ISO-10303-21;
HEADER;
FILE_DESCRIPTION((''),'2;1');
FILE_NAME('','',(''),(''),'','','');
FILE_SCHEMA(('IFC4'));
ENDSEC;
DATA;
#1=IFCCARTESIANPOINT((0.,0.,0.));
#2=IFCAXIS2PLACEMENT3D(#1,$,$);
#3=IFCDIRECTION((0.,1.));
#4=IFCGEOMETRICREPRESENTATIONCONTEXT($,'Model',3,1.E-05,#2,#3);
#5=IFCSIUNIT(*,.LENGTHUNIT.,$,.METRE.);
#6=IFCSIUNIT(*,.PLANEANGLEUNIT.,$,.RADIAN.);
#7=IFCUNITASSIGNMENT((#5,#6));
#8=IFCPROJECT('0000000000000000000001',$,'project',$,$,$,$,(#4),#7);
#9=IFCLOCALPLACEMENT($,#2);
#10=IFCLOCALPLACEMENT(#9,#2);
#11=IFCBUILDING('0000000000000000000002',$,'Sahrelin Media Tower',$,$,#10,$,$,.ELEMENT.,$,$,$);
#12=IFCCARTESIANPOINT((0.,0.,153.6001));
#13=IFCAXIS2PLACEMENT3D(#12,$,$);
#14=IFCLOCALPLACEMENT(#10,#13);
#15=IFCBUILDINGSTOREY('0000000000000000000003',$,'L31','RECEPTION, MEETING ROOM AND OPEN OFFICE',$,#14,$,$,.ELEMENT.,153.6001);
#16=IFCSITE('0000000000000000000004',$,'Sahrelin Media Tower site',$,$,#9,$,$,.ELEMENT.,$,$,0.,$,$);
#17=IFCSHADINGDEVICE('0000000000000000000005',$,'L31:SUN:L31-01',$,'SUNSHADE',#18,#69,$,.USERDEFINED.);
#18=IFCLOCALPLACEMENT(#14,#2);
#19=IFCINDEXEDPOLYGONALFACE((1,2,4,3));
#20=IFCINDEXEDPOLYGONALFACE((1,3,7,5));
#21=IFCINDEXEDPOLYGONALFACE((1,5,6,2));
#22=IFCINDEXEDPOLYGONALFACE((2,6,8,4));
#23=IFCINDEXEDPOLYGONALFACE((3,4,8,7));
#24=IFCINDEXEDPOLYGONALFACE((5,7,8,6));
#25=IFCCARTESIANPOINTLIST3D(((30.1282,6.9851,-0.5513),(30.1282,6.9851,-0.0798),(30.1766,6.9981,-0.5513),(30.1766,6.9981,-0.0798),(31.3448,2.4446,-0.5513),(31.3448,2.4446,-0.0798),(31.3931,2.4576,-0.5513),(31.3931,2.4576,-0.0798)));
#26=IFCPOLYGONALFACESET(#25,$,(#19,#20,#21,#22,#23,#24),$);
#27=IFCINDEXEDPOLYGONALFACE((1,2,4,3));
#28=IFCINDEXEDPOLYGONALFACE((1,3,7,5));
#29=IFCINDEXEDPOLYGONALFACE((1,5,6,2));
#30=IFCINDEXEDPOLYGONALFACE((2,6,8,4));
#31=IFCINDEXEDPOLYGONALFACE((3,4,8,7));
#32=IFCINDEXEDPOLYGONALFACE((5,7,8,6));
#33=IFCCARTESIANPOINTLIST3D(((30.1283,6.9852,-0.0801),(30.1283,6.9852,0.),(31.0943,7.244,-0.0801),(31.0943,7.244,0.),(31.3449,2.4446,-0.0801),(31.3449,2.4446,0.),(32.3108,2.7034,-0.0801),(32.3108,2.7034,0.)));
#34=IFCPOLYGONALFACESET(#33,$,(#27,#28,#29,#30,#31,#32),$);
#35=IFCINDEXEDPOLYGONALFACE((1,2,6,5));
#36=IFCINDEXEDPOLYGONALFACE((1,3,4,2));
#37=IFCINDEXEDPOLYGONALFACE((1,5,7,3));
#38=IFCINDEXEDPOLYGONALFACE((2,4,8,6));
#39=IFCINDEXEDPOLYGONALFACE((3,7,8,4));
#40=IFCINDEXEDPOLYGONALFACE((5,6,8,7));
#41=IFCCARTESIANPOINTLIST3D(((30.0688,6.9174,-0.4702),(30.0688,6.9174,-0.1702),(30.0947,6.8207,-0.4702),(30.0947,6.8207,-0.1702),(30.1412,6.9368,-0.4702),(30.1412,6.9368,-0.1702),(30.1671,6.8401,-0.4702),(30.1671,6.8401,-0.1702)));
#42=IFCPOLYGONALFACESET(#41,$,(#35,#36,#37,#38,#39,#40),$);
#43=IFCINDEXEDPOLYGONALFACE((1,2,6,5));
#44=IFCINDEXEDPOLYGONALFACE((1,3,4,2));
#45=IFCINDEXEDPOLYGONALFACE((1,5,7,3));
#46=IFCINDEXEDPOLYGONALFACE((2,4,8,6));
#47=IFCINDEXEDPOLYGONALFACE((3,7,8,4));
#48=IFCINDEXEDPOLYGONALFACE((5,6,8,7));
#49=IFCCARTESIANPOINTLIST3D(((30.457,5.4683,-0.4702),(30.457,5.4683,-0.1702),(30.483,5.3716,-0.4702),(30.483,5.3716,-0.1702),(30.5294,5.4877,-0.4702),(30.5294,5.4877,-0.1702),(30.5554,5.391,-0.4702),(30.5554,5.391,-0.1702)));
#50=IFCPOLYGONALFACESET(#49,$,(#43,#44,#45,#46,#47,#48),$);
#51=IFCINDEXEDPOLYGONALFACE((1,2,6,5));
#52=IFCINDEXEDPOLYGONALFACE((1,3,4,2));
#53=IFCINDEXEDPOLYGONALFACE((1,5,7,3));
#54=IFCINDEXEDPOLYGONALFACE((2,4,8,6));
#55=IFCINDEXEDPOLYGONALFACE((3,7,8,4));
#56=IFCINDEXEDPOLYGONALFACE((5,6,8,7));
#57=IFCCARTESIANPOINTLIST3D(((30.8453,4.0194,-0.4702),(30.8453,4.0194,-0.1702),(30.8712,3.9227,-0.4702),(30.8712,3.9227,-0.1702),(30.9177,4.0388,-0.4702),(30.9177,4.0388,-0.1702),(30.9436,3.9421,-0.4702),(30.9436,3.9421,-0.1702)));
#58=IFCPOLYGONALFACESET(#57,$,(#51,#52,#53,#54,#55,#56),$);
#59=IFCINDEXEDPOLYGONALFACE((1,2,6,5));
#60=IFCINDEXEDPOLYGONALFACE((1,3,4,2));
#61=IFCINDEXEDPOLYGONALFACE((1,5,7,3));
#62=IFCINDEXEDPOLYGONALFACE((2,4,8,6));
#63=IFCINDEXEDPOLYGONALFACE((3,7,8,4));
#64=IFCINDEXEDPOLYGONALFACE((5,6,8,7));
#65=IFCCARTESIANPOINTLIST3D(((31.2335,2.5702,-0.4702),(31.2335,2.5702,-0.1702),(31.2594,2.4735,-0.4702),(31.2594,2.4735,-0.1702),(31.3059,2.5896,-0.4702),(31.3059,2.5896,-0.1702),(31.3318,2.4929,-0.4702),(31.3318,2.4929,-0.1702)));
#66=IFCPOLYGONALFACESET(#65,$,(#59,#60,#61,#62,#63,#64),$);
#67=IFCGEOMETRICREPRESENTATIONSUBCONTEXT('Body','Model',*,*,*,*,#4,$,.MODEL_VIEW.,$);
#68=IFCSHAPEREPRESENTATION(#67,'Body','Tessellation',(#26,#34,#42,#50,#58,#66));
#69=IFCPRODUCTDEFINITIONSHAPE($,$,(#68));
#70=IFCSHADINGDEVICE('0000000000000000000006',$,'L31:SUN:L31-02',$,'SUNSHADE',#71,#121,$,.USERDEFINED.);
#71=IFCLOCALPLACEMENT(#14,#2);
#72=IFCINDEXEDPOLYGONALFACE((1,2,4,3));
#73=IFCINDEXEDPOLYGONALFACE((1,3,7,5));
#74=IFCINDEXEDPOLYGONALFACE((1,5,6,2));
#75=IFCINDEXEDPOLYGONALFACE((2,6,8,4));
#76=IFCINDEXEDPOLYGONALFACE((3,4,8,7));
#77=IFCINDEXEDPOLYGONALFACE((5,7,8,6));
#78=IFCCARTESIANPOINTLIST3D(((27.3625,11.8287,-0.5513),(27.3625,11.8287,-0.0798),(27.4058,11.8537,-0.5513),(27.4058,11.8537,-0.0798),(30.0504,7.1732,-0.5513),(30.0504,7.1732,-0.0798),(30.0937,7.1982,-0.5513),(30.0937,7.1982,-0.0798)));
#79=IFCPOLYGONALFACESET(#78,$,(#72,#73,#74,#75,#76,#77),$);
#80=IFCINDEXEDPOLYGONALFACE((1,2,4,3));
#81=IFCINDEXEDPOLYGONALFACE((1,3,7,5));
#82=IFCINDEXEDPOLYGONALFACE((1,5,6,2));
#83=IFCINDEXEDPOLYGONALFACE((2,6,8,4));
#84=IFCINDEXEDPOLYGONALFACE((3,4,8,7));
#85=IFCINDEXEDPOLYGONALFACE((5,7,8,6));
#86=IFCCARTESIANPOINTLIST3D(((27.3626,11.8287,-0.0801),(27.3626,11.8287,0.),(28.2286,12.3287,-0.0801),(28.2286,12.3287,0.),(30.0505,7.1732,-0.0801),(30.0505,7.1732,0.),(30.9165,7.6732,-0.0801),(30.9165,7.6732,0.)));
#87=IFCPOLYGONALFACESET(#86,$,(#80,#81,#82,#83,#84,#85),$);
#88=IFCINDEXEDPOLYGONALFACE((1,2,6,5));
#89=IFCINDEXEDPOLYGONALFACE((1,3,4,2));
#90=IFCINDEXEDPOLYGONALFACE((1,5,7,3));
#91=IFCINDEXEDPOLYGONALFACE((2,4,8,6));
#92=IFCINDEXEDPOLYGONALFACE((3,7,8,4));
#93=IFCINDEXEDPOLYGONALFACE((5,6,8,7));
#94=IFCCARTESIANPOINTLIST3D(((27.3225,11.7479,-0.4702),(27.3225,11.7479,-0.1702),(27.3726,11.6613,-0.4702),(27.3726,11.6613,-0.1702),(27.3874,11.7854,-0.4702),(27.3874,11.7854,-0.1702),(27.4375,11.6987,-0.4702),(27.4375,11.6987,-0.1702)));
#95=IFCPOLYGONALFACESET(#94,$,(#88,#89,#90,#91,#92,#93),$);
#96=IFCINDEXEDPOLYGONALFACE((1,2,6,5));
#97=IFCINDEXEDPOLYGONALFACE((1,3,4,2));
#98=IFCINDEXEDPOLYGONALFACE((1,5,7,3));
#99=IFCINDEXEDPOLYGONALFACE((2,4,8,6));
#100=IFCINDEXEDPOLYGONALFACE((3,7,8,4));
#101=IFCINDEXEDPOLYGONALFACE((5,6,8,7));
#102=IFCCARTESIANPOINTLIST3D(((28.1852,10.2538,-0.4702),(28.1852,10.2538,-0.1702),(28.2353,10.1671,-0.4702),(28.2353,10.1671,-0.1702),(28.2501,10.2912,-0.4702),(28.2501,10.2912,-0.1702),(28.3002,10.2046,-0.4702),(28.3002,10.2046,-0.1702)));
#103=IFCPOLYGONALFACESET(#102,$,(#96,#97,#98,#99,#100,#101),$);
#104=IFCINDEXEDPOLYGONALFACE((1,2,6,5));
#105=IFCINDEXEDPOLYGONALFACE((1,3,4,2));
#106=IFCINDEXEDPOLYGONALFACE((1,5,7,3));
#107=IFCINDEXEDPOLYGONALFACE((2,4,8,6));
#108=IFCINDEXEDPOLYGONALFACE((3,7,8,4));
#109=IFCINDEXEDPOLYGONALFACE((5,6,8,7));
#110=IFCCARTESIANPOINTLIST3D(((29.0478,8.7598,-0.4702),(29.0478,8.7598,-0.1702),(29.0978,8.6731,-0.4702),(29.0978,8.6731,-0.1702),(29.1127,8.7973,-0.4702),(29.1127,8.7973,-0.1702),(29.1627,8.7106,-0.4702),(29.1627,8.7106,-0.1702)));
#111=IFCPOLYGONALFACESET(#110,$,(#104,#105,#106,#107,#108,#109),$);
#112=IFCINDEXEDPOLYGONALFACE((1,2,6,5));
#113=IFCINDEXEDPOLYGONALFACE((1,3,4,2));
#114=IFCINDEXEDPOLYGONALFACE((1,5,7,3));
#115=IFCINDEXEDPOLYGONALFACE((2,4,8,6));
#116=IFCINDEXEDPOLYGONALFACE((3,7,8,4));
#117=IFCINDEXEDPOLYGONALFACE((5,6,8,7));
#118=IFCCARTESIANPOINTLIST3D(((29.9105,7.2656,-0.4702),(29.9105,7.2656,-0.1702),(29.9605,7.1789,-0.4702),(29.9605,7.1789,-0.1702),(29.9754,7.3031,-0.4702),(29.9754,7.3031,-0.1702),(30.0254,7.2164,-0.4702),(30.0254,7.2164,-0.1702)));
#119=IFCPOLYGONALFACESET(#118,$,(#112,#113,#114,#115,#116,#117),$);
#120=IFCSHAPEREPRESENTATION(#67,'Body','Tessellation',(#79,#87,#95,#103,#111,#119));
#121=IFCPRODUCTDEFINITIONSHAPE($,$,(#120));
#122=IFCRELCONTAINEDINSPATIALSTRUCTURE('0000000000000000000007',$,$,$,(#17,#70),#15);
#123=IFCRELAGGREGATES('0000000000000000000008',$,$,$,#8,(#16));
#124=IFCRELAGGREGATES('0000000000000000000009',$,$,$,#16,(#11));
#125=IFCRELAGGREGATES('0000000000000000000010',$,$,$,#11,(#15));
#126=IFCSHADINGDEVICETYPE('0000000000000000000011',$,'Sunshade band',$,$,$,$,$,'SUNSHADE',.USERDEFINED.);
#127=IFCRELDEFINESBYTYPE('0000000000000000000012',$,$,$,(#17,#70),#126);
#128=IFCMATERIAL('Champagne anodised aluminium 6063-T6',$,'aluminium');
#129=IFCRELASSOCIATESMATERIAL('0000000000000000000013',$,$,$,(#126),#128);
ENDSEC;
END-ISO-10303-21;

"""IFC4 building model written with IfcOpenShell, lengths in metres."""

from ifc_helpers import new_model, si_unit, direction, frame, origin, origin_2d, place, context, subcontext, project, spatial, rectangle, extrude, material, type_object, element, save


model = new_model("IFC4")

# Units and contexts
model_context = context("Model", 3, precision=1e-05, world=origin(), true_north=direction((0.0, 1.0)))
body_context = subcontext(model_context, "Body", "Model", "MODEL_VIEW")
ifc_project = project(units=[si_unit("LENGTHUNIT", "METRE"), si_unit("PLANEANGLEUNIT", "RADIAN")], contexts=[model_context])

# Site, building, storey
site_placement = place(None, origin())
site = spatial("IfcSite", under=ifc_project, at=site_placement, Name="Sahrelin Media Tower site", CompositionType="ELEMENT", RefElevation=0.0)
building_placement = place(site_placement, origin())
building = spatial("IfcBuilding", under=site, at=building_placement, Name="Sahrelin Media Tower", CompositionType="ELEMENT")
storey_placement = place(building_placement, frame((0.0, 0.0, 153.6001)))
storey = spatial("IfcBuildingStorey", under=building, at=storey_placement, Name="L31", Description="RECEPTION, MEETING ROOM AND OPEN OFFICE", CompositionType="ELEMENT", Elevation=153.6001)

# Shared definitions
ifc_material_1 = material(Name="Champagne anodised aluminium 6063-T6", Category="aluminium")

# Shading devices
placement_1 = place(storey_placement, frame((30.7173, 4.7097, 0.0), z_axis=(0.0, 0.0, 1.0), x_axis=(0.258808, -0.965929, 0.0)))
placement_2 = place(storey_placement, frame((28.6892, 9.491, 0.0), z_axis=(0.0, 0.0, 1.0), x_axis=(0.500011, -0.866019, 0.0)))
shading_device_type_1 = type_object("IfcShadingDeviceType", Name="Sunshade band", ElementType="SUNSHADE", PredefinedType="USERDEFINED", material=ifc_material_1)
element("IfcShadingDevice", 1, at=placement_1, inside=storey, type_object=shading_device_type_1, Name="L31:SUN:L31-01", ObjectType="SUNSHADE", PredefinedType="USERDEFINED", context=body_context, shape_type="SweptSolid", body=[
    extrude(rectangle(XDim=4.7007, YDim=0.05, at=origin_2d()), frame((0.0, 0.0449, -0.5513)), (0.0, 0.0, 1.0), 0.4714),
    extrude(rectangle(XDim=4.7007, YDim=1.0, at=origin_2d()), frame((0.0, 0.52, -0.0801)), (0.0, 0.0, 1.0), 0.0801),
    extrude(rectangle(XDim=0.1001, YDim=0.075, at=origin_2d()), frame((-2.2502, -0.0176, -0.4702)), (0.0, 0.0, 1.0), 0.3),
    extrude(rectangle(XDim=0.1001, YDim=0.075, at=origin_2d()), frame((-0.75, -0.0176, -0.4702)), (0.0, 0.0, 1.0), 0.3),
    extrude(rectangle(XDim=0.1001, YDim=0.075, at=origin_2d()), frame((0.75, -0.0176, -0.4702)), (0.0, 0.0, 1.0), 0.3),
    extrude(rectangle(XDim=0.1001, YDim=0.075, at=origin_2d()), frame((2.2502, -0.0176, -0.4702)), (0.0, 0.0, 1.0), 0.3),
])
element("IfcShadingDevice", 2, at=placement_2, inside=storey, type_object=shading_device_type_1, Name="L31:SUN:L31-02", ObjectType="SUNSHADE", PredefinedType="USERDEFINED", context=body_context, shape_type="SweptSolid", body=[
    extrude(rectangle(XDim=5.3757, YDim=0.05, at=origin_2d()), frame((0.0, 0.0449, -0.5513)), (0.0, 0.0, 1.0), 0.4714),
    extrude(rectangle(XDim=5.3757, YDim=1.0, at=origin_2d()), frame((0.0, 0.52, -0.0801)), (0.0, 0.0, 1.0), 0.0801),
    extrude(rectangle(XDim=0.1001, YDim=0.075, at=origin_2d()), frame((-2.5879, -0.0176, -0.4702)), (0.0, 0.0, 1.0), 0.3),
    extrude(rectangle(XDim=0.1001, YDim=0.075, at=origin_2d()), frame((-0.8625, -0.0176, -0.4702)), (0.0, 0.0, 1.0), 0.3),
    extrude(rectangle(XDim=0.1001, YDim=0.075, at=origin_2d()), frame((0.8625, -0.0176, -0.4702)), (0.0, 0.0, 1.0), 0.3),
    extrude(rectangle(XDim=0.1001, YDim=0.075, at=origin_2d()), frame((2.5879, -0.0176, -0.4702)), (0.0, 0.0, 1.0), 0.3),
])

save(model, "model.ifc")
